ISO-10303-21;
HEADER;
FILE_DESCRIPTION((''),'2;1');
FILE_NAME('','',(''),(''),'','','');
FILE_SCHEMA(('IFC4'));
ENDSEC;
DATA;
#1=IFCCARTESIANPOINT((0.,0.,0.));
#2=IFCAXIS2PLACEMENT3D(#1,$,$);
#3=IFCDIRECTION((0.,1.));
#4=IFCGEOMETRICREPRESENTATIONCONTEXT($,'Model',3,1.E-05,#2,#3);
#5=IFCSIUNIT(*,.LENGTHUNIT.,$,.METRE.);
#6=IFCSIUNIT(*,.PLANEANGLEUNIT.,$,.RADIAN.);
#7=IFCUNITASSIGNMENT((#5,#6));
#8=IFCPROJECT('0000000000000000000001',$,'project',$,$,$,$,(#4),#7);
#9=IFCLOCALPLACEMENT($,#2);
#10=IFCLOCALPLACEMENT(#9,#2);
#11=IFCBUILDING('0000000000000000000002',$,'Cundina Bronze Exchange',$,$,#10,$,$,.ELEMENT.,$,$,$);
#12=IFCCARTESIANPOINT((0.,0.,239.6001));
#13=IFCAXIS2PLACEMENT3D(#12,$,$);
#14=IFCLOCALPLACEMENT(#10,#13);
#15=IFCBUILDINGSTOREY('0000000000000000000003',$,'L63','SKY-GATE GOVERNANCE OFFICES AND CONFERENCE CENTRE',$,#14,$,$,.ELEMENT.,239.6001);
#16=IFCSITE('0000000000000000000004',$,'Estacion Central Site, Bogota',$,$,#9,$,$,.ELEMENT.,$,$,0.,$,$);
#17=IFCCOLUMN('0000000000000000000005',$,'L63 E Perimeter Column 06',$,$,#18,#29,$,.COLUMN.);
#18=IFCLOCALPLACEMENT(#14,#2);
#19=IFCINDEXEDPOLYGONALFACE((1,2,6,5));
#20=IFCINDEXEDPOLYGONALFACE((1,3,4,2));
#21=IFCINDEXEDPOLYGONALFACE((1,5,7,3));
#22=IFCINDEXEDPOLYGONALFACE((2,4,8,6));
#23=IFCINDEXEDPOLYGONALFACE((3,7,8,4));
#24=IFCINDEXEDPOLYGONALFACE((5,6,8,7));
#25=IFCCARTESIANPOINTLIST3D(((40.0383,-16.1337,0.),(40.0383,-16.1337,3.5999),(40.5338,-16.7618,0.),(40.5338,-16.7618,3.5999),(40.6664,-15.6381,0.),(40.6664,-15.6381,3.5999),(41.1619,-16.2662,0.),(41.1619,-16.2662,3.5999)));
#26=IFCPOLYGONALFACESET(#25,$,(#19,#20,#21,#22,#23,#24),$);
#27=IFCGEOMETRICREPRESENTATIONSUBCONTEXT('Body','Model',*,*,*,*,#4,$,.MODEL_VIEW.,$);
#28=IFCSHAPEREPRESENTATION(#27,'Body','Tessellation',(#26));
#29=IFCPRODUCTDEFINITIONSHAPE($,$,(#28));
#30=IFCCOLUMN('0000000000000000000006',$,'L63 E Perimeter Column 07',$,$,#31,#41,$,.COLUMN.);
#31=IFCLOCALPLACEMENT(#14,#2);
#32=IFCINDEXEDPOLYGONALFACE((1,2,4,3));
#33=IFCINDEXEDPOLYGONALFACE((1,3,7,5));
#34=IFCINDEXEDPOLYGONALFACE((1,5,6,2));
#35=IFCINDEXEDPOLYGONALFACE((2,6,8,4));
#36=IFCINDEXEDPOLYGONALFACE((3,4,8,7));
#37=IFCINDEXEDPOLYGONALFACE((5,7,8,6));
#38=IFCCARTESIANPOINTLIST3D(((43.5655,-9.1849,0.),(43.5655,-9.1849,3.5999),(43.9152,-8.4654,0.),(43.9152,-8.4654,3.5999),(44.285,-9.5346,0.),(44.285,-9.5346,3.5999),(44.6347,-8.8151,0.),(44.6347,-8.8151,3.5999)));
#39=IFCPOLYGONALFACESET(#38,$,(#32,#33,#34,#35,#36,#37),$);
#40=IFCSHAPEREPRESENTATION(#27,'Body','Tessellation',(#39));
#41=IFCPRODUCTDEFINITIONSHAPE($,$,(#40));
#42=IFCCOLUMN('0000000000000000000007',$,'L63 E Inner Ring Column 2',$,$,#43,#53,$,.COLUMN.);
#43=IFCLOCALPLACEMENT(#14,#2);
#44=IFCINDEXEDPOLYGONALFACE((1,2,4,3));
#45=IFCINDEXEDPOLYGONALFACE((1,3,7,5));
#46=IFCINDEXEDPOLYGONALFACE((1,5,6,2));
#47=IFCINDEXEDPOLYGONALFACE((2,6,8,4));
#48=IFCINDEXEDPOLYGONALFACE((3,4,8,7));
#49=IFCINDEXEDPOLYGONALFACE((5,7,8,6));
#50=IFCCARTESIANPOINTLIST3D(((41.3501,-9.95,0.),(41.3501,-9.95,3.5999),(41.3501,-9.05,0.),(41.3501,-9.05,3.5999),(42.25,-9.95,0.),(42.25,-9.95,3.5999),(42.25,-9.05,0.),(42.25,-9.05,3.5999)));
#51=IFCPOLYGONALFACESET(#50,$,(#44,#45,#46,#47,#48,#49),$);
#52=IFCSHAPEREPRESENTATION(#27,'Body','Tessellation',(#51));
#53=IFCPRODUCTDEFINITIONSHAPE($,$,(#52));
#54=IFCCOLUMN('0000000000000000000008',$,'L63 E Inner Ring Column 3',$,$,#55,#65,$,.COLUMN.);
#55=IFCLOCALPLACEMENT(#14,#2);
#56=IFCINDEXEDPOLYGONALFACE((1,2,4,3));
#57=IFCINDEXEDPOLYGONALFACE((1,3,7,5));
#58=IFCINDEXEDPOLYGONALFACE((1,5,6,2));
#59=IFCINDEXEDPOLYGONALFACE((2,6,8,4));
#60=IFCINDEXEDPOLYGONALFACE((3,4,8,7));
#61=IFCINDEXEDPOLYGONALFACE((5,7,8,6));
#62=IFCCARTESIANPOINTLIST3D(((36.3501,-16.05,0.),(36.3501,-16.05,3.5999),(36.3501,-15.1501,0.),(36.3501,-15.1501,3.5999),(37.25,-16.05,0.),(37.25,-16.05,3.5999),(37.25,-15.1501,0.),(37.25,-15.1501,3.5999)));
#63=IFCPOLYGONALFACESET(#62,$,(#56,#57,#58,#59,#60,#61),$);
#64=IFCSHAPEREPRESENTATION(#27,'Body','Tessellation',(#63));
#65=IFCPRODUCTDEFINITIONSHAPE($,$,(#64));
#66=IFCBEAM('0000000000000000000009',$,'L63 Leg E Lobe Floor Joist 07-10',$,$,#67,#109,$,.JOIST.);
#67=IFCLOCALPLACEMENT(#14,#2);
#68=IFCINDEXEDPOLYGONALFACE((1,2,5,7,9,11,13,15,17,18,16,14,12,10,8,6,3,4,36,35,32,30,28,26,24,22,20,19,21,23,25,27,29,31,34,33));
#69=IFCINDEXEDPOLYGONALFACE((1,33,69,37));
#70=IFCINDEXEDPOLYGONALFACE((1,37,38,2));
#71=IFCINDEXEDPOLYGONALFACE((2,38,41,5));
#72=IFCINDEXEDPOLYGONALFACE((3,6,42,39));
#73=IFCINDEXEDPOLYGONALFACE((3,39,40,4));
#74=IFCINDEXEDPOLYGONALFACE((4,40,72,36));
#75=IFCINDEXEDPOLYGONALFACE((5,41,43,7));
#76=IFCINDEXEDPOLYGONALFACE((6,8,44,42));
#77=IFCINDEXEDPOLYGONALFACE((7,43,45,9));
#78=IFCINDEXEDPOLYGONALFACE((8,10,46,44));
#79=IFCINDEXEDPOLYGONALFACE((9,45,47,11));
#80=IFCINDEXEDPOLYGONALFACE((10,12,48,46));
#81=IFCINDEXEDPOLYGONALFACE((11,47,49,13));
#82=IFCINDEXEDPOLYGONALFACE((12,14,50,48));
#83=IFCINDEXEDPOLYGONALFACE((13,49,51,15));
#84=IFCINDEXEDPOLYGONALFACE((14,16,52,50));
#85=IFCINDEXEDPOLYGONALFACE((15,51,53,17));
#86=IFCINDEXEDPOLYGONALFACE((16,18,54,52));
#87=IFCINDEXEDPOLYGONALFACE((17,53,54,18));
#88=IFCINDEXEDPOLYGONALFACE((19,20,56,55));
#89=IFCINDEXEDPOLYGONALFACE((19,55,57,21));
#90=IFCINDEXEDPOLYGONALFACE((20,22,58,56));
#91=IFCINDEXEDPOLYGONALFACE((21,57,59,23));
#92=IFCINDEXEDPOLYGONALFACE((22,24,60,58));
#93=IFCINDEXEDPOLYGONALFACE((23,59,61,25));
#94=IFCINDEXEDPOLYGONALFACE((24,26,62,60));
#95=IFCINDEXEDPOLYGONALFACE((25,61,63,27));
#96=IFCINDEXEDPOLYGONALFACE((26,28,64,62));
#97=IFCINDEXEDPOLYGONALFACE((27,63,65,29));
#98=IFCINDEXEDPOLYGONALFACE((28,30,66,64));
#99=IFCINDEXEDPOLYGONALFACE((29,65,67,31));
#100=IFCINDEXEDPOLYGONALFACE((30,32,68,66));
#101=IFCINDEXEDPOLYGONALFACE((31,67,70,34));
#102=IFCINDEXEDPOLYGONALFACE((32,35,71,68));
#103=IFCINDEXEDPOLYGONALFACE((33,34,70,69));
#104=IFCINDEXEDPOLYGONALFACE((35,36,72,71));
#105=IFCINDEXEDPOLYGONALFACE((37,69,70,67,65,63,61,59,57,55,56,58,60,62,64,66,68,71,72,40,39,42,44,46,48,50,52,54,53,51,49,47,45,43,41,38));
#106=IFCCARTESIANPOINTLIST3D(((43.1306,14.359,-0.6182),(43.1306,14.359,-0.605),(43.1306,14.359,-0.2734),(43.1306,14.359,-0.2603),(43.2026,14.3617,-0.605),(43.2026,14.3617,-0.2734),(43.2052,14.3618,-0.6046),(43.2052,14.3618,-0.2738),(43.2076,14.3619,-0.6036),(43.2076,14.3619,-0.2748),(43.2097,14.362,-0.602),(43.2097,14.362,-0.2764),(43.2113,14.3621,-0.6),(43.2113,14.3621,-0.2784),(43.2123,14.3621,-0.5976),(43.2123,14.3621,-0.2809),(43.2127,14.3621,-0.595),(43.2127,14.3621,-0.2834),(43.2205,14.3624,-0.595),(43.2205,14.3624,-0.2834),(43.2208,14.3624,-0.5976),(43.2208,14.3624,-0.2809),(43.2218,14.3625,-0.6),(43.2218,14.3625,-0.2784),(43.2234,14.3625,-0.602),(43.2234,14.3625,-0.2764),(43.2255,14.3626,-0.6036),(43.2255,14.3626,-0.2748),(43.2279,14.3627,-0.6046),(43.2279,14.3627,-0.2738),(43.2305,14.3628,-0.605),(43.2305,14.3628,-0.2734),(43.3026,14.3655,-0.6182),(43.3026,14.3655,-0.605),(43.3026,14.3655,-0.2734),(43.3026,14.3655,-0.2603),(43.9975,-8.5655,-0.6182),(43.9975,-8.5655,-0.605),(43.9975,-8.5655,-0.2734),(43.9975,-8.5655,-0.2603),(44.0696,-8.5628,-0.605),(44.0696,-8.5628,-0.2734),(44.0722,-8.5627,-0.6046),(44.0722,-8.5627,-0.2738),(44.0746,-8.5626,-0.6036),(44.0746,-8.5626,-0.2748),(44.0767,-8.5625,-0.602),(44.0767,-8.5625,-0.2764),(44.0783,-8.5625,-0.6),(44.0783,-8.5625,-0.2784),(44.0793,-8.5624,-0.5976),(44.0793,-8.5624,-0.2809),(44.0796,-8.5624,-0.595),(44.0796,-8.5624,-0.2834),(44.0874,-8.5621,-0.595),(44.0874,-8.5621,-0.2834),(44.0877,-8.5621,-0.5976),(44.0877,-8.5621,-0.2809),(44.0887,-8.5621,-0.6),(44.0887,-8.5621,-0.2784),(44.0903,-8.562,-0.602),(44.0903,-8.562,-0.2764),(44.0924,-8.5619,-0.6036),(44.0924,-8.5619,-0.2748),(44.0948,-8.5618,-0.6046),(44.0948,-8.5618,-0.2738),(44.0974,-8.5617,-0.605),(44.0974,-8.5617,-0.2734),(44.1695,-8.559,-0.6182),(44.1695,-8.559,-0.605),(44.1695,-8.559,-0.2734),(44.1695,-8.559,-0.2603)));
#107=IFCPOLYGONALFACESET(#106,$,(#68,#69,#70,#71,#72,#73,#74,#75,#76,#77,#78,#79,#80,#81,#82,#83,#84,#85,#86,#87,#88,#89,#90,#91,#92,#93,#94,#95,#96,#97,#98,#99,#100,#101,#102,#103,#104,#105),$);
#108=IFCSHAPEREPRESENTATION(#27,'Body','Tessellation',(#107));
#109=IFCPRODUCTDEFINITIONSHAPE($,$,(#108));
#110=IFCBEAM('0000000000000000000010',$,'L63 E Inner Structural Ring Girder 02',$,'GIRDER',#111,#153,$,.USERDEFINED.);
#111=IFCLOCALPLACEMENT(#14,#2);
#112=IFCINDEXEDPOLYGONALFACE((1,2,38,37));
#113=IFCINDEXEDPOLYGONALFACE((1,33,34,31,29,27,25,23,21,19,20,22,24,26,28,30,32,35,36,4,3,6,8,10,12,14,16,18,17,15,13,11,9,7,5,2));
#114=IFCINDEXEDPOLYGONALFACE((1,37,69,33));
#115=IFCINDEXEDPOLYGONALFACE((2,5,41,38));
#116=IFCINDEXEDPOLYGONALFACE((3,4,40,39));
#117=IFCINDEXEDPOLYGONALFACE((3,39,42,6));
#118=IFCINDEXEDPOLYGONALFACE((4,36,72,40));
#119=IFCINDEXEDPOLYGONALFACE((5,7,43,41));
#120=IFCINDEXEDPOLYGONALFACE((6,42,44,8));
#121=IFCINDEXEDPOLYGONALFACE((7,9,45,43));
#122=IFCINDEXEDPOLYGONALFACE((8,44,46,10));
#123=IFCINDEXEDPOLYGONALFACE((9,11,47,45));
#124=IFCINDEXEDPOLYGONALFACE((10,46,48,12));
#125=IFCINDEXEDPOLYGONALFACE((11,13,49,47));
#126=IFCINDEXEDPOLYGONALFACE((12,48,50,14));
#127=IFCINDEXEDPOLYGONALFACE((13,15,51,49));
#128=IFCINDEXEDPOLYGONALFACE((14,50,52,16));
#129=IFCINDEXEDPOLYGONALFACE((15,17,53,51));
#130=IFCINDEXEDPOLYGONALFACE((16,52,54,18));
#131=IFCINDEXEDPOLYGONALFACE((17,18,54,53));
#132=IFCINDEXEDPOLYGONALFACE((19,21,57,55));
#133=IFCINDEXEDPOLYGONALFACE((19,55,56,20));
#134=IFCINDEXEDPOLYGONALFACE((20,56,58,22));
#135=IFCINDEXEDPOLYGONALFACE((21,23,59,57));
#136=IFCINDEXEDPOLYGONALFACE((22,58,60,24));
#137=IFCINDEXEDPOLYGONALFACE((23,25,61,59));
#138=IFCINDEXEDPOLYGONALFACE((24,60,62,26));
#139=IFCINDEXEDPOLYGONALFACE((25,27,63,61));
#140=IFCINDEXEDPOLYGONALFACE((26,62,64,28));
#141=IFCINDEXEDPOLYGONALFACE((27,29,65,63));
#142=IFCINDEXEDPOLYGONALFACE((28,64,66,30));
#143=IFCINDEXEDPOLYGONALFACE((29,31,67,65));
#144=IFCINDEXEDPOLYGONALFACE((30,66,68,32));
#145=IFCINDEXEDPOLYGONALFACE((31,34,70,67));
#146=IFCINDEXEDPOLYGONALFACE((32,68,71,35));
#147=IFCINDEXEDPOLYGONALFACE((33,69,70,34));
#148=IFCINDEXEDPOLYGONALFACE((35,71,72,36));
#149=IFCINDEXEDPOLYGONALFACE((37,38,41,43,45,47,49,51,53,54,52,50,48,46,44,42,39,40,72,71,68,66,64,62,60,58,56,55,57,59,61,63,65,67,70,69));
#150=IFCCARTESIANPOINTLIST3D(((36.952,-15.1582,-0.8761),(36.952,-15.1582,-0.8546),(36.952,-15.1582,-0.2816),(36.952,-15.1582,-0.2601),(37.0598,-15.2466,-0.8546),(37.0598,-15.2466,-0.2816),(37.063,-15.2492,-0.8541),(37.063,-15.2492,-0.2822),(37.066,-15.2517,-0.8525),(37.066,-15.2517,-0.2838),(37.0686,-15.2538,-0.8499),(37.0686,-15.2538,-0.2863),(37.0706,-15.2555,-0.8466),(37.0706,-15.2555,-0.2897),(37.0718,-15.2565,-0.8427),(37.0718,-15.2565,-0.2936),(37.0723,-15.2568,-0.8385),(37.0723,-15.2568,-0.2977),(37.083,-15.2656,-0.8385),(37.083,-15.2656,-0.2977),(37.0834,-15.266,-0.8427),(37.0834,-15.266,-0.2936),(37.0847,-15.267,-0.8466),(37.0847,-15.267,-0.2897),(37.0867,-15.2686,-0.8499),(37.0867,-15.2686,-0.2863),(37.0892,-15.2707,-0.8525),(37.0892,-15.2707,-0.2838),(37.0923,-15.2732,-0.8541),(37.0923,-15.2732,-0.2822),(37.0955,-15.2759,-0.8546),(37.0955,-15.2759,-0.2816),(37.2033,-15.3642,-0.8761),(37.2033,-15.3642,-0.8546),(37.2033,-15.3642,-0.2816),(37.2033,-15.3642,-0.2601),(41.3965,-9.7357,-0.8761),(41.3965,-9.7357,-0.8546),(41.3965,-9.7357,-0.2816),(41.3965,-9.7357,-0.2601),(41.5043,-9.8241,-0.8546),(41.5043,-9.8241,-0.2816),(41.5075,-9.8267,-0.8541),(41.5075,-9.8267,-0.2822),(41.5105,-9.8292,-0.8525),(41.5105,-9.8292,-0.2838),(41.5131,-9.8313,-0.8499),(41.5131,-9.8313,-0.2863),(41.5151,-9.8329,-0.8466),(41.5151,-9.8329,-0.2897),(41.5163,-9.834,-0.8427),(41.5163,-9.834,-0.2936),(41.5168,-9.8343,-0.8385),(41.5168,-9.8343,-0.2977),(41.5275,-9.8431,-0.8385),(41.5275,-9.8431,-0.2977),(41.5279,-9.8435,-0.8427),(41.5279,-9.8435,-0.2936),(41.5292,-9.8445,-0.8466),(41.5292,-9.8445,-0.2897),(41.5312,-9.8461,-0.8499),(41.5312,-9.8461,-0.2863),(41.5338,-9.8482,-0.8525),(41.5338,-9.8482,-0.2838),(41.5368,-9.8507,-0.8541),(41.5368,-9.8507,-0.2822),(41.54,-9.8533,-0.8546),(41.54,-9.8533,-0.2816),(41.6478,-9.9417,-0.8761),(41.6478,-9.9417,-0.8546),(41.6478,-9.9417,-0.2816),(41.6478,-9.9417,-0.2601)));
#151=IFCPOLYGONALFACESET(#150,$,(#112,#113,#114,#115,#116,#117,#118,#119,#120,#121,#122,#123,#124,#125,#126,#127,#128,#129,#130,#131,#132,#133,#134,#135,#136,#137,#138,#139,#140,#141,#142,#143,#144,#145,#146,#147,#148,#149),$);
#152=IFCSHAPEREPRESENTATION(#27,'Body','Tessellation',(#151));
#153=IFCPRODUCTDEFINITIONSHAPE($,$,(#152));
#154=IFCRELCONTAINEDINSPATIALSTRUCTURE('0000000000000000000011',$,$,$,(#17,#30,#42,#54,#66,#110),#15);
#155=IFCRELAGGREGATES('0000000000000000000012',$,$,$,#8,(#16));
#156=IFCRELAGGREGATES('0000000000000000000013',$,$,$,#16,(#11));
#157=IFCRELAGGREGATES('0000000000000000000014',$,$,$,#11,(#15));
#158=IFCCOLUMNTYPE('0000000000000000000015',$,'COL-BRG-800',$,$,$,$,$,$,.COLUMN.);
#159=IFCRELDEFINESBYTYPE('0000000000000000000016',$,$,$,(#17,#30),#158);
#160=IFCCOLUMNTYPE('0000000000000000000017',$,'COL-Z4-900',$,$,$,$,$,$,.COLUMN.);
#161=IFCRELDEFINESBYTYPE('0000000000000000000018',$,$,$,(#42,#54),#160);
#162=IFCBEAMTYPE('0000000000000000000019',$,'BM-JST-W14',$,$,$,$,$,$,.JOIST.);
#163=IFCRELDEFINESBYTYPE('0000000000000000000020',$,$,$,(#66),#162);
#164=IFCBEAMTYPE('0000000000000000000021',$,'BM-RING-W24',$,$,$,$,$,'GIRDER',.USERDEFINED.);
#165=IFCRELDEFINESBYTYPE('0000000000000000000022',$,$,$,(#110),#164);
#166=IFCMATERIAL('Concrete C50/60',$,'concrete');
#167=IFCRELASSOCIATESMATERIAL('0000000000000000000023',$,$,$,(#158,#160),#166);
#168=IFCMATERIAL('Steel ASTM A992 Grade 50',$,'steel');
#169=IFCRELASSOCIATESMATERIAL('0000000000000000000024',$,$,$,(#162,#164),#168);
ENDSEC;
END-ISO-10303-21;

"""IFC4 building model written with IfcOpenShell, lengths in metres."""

from ifc_helpers import new_model, si_unit, direction, frame, origin, origin_2d, place, context, subcontext, project, spatial, rectangle, i_section, extrude, material, material_profile, profile_set, type_object, element, save


model = new_model("IFC4")

# Units and contexts
model_context = context("Model", 3, precision=1e-05, world=origin(), true_north=direction((0.0, 1.0)))
body_context = subcontext(model_context, "Body", "Model", "MODEL_VIEW")
ifc_project = project(units=[si_unit("LENGTHUNIT", "METRE"), si_unit("PLANEANGLEUNIT", "RADIAN")], contexts=[model_context])

# Site, building, storey
site_placement = place(None, origin())
site = spatial("IfcSite", under=ifc_project, at=site_placement, Name="Estacion Central Site, Bogota", CompositionType="ELEMENT", RefElevation=0.0)
building_placement = place(site_placement, origin())
building = spatial("IfcBuilding", under=site, at=building_placement, Name="Cundina Bronze Exchange", CompositionType="ELEMENT")
storey_placement = place(building_placement, frame((0.0, 0.0, 239.6001)))
storey = spatial("IfcBuildingStorey", under=building, at=storey_placement, Name="L63", Description="SKY-GATE GOVERNANCE OFFICES AND CONFERENCE CENTRE", CompositionType="ELEMENT", Elevation=239.6001)

# Columns
ifc_material_1 = material(Name="Concrete C50/60", Category="concrete")
ifc_material_profile_1 = material_profile(ifc_material_1, rectangle(XDim=0.8, YDim=0.8, at=origin_2d()), Name="RC800X800", Category="concrete")
ifc_profile_set_1 = profile_set([ifc_material_profile_1], Name="Concrete C50/60")
column_type_1 = type_object("IfcColumnType", Name="COL-BRG-800", PredefinedType="COLUMN", material=ifc_profile_set_1)
for number, where, z_axis, x_axis, name in (
    (1, (40.6001, -16.2, 0.0), (0.0, 0.0, 1.0), (0.785101, 0.619368, 0.0), "L63 E Perimeter Column 06"),
    (2, (44.1001, -9.0, 0.0), (0.0, 0.0, 1.0), (0.437116, 0.899405, 0.0), "L63 E Perimeter Column 07"),
):
    element("IfcColumn", number, at=place(storey_placement, frame(where, z_axis=z_axis, x_axis=x_axis)), inside=storey, type_object=column_type_1, Name=name, PredefinedType="COLUMN", context=body_context, shape_type="SweptSolid", body=[
        extrude(rectangle(XDim=0.8, YDim=0.8, at=origin_2d()), origin(), (0.0, 0.0, 1.0), 3.5999),
    ])
ifc_material_profile_2 = material_profile(ifc_material_1, rectangle(XDim=0.8999, YDim=0.8999, at=origin_2d()), Name="RC900X900", Category="concrete")
ifc_profile_set_2 = profile_set([ifc_material_profile_2], Name="Concrete C50/60")
column_type_2 = type_object("IfcColumnType", Name="COL-Z4-900", PredefinedType="COLUMN", material=ifc_profile_set_2)
for number, where, z_axis, x_axis, name in (
    (3, (41.8, -9.5, 0.0), (0.0, 0.0, 1.0), (1.0, 0.0, 0.0), "L63 E Inner Ring Column 2"),
    (4, (36.8, -15.6001, 0.0), (0.0, 0.0, 1.0), (1.0, 0.0, 0.0), "L63 E Inner Ring Column 3"),
):
    element("IfcColumn", number, at=place(storey_placement, frame(where, z_axis=z_axis, x_axis=x_axis)), inside=storey, type_object=column_type_2, Name=name, PredefinedType="COLUMN", context=body_context, shape_type="SweptSolid", body=[
        extrude(rectangle(XDim=0.8999, YDim=0.8999, at=origin_2d()), origin(), (0.0, 0.0, 1.0), 3.5999),
    ])

# Beams
ifc_material_2 = material(Name="Steel ASTM A992 Grade 50", Category="steel")
ifc_material_profile_3 = material_profile(ifc_material_2, i_section(OverallWidth=0.1721, OverallDepth=0.3579, WebThickness=0.0078, FlangeThickness=0.0132, FilletRadius=0.01, at=origin_2d()), Name="W14X38", Category="steel")
ifc_profile_set_3 = profile_set([ifc_material_profile_3], Name="Steel ASTM A992 Grade 50")
beam_type_1 = type_object("IfcBeamType", Name="BM-JST-W14", PredefinedType="JOIST", material=ifc_profile_set_3)
beam_1_placement = place(storey_placement, frame((44.0835, -8.5623, -0.4392), z_axis=(-0.03779, 0.999286, 0.0), x_axis=(-0.999286, -0.03779, 0.0)))
element("IfcBeam", 5, at=beam_1_placement, inside=storey, type_object=beam_type_1, Name="L63 Leg E Lobe Floor Joist 07-10", PredefinedType="JOIST", context=body_context, shape_type="SweptSolid", body=[
    extrude(i_section(OverallWidth=0.1721, OverallDepth=0.3579, WebThickness=0.0078, FlangeThickness=0.0132, FilletRadius=0.01, at=origin_2d()), origin(), (0.0, 0.0, 1.0), 22.9409),
])
ifc_material_profile_4 = material_profile(ifc_material_2, i_section(OverallWidth=0.325, OverallDepth=0.616, WebThickness=0.0139, FlangeThickness=0.0215, FilletRadius=0.0161, at=origin_2d()), Name="W24X117", Category="steel")
ifc_profile_set_4 = profile_set([ifc_material_profile_4], Name="Steel ASTM A992 Grade 50")
beam_type_2 = type_object("IfcBeamType", Name="BM-RING-W24", ElementType="GIRDER", PredefinedType="USERDEFINED", material=ifc_profile_set_4)
beam_2_placement = place(storey_placement, frame((37.0776, -15.2612, -0.5681), z_axis=(0.633913, 0.773405, 0.0), x_axis=(-0.773405, 0.633913, 0.0)))
element("IfcBeam", 6, at=beam_2_placement, inside=storey, type_object=beam_type_2, Name="L63 E Inner Structural Ring Girder 02", ObjectType="GIRDER", PredefinedType="USERDEFINED", context=body_context, shape_type="SweptSolid", body=[
    extrude(i_section(OverallWidth=0.325, OverallDepth=0.616, WebThickness=0.0139, FlangeThickness=0.0215, FilletRadius=0.0161, at=origin_2d()), origin(), (0.0, 0.0, 1.0), 7.0112),
])

save(model, "model.ifc")
